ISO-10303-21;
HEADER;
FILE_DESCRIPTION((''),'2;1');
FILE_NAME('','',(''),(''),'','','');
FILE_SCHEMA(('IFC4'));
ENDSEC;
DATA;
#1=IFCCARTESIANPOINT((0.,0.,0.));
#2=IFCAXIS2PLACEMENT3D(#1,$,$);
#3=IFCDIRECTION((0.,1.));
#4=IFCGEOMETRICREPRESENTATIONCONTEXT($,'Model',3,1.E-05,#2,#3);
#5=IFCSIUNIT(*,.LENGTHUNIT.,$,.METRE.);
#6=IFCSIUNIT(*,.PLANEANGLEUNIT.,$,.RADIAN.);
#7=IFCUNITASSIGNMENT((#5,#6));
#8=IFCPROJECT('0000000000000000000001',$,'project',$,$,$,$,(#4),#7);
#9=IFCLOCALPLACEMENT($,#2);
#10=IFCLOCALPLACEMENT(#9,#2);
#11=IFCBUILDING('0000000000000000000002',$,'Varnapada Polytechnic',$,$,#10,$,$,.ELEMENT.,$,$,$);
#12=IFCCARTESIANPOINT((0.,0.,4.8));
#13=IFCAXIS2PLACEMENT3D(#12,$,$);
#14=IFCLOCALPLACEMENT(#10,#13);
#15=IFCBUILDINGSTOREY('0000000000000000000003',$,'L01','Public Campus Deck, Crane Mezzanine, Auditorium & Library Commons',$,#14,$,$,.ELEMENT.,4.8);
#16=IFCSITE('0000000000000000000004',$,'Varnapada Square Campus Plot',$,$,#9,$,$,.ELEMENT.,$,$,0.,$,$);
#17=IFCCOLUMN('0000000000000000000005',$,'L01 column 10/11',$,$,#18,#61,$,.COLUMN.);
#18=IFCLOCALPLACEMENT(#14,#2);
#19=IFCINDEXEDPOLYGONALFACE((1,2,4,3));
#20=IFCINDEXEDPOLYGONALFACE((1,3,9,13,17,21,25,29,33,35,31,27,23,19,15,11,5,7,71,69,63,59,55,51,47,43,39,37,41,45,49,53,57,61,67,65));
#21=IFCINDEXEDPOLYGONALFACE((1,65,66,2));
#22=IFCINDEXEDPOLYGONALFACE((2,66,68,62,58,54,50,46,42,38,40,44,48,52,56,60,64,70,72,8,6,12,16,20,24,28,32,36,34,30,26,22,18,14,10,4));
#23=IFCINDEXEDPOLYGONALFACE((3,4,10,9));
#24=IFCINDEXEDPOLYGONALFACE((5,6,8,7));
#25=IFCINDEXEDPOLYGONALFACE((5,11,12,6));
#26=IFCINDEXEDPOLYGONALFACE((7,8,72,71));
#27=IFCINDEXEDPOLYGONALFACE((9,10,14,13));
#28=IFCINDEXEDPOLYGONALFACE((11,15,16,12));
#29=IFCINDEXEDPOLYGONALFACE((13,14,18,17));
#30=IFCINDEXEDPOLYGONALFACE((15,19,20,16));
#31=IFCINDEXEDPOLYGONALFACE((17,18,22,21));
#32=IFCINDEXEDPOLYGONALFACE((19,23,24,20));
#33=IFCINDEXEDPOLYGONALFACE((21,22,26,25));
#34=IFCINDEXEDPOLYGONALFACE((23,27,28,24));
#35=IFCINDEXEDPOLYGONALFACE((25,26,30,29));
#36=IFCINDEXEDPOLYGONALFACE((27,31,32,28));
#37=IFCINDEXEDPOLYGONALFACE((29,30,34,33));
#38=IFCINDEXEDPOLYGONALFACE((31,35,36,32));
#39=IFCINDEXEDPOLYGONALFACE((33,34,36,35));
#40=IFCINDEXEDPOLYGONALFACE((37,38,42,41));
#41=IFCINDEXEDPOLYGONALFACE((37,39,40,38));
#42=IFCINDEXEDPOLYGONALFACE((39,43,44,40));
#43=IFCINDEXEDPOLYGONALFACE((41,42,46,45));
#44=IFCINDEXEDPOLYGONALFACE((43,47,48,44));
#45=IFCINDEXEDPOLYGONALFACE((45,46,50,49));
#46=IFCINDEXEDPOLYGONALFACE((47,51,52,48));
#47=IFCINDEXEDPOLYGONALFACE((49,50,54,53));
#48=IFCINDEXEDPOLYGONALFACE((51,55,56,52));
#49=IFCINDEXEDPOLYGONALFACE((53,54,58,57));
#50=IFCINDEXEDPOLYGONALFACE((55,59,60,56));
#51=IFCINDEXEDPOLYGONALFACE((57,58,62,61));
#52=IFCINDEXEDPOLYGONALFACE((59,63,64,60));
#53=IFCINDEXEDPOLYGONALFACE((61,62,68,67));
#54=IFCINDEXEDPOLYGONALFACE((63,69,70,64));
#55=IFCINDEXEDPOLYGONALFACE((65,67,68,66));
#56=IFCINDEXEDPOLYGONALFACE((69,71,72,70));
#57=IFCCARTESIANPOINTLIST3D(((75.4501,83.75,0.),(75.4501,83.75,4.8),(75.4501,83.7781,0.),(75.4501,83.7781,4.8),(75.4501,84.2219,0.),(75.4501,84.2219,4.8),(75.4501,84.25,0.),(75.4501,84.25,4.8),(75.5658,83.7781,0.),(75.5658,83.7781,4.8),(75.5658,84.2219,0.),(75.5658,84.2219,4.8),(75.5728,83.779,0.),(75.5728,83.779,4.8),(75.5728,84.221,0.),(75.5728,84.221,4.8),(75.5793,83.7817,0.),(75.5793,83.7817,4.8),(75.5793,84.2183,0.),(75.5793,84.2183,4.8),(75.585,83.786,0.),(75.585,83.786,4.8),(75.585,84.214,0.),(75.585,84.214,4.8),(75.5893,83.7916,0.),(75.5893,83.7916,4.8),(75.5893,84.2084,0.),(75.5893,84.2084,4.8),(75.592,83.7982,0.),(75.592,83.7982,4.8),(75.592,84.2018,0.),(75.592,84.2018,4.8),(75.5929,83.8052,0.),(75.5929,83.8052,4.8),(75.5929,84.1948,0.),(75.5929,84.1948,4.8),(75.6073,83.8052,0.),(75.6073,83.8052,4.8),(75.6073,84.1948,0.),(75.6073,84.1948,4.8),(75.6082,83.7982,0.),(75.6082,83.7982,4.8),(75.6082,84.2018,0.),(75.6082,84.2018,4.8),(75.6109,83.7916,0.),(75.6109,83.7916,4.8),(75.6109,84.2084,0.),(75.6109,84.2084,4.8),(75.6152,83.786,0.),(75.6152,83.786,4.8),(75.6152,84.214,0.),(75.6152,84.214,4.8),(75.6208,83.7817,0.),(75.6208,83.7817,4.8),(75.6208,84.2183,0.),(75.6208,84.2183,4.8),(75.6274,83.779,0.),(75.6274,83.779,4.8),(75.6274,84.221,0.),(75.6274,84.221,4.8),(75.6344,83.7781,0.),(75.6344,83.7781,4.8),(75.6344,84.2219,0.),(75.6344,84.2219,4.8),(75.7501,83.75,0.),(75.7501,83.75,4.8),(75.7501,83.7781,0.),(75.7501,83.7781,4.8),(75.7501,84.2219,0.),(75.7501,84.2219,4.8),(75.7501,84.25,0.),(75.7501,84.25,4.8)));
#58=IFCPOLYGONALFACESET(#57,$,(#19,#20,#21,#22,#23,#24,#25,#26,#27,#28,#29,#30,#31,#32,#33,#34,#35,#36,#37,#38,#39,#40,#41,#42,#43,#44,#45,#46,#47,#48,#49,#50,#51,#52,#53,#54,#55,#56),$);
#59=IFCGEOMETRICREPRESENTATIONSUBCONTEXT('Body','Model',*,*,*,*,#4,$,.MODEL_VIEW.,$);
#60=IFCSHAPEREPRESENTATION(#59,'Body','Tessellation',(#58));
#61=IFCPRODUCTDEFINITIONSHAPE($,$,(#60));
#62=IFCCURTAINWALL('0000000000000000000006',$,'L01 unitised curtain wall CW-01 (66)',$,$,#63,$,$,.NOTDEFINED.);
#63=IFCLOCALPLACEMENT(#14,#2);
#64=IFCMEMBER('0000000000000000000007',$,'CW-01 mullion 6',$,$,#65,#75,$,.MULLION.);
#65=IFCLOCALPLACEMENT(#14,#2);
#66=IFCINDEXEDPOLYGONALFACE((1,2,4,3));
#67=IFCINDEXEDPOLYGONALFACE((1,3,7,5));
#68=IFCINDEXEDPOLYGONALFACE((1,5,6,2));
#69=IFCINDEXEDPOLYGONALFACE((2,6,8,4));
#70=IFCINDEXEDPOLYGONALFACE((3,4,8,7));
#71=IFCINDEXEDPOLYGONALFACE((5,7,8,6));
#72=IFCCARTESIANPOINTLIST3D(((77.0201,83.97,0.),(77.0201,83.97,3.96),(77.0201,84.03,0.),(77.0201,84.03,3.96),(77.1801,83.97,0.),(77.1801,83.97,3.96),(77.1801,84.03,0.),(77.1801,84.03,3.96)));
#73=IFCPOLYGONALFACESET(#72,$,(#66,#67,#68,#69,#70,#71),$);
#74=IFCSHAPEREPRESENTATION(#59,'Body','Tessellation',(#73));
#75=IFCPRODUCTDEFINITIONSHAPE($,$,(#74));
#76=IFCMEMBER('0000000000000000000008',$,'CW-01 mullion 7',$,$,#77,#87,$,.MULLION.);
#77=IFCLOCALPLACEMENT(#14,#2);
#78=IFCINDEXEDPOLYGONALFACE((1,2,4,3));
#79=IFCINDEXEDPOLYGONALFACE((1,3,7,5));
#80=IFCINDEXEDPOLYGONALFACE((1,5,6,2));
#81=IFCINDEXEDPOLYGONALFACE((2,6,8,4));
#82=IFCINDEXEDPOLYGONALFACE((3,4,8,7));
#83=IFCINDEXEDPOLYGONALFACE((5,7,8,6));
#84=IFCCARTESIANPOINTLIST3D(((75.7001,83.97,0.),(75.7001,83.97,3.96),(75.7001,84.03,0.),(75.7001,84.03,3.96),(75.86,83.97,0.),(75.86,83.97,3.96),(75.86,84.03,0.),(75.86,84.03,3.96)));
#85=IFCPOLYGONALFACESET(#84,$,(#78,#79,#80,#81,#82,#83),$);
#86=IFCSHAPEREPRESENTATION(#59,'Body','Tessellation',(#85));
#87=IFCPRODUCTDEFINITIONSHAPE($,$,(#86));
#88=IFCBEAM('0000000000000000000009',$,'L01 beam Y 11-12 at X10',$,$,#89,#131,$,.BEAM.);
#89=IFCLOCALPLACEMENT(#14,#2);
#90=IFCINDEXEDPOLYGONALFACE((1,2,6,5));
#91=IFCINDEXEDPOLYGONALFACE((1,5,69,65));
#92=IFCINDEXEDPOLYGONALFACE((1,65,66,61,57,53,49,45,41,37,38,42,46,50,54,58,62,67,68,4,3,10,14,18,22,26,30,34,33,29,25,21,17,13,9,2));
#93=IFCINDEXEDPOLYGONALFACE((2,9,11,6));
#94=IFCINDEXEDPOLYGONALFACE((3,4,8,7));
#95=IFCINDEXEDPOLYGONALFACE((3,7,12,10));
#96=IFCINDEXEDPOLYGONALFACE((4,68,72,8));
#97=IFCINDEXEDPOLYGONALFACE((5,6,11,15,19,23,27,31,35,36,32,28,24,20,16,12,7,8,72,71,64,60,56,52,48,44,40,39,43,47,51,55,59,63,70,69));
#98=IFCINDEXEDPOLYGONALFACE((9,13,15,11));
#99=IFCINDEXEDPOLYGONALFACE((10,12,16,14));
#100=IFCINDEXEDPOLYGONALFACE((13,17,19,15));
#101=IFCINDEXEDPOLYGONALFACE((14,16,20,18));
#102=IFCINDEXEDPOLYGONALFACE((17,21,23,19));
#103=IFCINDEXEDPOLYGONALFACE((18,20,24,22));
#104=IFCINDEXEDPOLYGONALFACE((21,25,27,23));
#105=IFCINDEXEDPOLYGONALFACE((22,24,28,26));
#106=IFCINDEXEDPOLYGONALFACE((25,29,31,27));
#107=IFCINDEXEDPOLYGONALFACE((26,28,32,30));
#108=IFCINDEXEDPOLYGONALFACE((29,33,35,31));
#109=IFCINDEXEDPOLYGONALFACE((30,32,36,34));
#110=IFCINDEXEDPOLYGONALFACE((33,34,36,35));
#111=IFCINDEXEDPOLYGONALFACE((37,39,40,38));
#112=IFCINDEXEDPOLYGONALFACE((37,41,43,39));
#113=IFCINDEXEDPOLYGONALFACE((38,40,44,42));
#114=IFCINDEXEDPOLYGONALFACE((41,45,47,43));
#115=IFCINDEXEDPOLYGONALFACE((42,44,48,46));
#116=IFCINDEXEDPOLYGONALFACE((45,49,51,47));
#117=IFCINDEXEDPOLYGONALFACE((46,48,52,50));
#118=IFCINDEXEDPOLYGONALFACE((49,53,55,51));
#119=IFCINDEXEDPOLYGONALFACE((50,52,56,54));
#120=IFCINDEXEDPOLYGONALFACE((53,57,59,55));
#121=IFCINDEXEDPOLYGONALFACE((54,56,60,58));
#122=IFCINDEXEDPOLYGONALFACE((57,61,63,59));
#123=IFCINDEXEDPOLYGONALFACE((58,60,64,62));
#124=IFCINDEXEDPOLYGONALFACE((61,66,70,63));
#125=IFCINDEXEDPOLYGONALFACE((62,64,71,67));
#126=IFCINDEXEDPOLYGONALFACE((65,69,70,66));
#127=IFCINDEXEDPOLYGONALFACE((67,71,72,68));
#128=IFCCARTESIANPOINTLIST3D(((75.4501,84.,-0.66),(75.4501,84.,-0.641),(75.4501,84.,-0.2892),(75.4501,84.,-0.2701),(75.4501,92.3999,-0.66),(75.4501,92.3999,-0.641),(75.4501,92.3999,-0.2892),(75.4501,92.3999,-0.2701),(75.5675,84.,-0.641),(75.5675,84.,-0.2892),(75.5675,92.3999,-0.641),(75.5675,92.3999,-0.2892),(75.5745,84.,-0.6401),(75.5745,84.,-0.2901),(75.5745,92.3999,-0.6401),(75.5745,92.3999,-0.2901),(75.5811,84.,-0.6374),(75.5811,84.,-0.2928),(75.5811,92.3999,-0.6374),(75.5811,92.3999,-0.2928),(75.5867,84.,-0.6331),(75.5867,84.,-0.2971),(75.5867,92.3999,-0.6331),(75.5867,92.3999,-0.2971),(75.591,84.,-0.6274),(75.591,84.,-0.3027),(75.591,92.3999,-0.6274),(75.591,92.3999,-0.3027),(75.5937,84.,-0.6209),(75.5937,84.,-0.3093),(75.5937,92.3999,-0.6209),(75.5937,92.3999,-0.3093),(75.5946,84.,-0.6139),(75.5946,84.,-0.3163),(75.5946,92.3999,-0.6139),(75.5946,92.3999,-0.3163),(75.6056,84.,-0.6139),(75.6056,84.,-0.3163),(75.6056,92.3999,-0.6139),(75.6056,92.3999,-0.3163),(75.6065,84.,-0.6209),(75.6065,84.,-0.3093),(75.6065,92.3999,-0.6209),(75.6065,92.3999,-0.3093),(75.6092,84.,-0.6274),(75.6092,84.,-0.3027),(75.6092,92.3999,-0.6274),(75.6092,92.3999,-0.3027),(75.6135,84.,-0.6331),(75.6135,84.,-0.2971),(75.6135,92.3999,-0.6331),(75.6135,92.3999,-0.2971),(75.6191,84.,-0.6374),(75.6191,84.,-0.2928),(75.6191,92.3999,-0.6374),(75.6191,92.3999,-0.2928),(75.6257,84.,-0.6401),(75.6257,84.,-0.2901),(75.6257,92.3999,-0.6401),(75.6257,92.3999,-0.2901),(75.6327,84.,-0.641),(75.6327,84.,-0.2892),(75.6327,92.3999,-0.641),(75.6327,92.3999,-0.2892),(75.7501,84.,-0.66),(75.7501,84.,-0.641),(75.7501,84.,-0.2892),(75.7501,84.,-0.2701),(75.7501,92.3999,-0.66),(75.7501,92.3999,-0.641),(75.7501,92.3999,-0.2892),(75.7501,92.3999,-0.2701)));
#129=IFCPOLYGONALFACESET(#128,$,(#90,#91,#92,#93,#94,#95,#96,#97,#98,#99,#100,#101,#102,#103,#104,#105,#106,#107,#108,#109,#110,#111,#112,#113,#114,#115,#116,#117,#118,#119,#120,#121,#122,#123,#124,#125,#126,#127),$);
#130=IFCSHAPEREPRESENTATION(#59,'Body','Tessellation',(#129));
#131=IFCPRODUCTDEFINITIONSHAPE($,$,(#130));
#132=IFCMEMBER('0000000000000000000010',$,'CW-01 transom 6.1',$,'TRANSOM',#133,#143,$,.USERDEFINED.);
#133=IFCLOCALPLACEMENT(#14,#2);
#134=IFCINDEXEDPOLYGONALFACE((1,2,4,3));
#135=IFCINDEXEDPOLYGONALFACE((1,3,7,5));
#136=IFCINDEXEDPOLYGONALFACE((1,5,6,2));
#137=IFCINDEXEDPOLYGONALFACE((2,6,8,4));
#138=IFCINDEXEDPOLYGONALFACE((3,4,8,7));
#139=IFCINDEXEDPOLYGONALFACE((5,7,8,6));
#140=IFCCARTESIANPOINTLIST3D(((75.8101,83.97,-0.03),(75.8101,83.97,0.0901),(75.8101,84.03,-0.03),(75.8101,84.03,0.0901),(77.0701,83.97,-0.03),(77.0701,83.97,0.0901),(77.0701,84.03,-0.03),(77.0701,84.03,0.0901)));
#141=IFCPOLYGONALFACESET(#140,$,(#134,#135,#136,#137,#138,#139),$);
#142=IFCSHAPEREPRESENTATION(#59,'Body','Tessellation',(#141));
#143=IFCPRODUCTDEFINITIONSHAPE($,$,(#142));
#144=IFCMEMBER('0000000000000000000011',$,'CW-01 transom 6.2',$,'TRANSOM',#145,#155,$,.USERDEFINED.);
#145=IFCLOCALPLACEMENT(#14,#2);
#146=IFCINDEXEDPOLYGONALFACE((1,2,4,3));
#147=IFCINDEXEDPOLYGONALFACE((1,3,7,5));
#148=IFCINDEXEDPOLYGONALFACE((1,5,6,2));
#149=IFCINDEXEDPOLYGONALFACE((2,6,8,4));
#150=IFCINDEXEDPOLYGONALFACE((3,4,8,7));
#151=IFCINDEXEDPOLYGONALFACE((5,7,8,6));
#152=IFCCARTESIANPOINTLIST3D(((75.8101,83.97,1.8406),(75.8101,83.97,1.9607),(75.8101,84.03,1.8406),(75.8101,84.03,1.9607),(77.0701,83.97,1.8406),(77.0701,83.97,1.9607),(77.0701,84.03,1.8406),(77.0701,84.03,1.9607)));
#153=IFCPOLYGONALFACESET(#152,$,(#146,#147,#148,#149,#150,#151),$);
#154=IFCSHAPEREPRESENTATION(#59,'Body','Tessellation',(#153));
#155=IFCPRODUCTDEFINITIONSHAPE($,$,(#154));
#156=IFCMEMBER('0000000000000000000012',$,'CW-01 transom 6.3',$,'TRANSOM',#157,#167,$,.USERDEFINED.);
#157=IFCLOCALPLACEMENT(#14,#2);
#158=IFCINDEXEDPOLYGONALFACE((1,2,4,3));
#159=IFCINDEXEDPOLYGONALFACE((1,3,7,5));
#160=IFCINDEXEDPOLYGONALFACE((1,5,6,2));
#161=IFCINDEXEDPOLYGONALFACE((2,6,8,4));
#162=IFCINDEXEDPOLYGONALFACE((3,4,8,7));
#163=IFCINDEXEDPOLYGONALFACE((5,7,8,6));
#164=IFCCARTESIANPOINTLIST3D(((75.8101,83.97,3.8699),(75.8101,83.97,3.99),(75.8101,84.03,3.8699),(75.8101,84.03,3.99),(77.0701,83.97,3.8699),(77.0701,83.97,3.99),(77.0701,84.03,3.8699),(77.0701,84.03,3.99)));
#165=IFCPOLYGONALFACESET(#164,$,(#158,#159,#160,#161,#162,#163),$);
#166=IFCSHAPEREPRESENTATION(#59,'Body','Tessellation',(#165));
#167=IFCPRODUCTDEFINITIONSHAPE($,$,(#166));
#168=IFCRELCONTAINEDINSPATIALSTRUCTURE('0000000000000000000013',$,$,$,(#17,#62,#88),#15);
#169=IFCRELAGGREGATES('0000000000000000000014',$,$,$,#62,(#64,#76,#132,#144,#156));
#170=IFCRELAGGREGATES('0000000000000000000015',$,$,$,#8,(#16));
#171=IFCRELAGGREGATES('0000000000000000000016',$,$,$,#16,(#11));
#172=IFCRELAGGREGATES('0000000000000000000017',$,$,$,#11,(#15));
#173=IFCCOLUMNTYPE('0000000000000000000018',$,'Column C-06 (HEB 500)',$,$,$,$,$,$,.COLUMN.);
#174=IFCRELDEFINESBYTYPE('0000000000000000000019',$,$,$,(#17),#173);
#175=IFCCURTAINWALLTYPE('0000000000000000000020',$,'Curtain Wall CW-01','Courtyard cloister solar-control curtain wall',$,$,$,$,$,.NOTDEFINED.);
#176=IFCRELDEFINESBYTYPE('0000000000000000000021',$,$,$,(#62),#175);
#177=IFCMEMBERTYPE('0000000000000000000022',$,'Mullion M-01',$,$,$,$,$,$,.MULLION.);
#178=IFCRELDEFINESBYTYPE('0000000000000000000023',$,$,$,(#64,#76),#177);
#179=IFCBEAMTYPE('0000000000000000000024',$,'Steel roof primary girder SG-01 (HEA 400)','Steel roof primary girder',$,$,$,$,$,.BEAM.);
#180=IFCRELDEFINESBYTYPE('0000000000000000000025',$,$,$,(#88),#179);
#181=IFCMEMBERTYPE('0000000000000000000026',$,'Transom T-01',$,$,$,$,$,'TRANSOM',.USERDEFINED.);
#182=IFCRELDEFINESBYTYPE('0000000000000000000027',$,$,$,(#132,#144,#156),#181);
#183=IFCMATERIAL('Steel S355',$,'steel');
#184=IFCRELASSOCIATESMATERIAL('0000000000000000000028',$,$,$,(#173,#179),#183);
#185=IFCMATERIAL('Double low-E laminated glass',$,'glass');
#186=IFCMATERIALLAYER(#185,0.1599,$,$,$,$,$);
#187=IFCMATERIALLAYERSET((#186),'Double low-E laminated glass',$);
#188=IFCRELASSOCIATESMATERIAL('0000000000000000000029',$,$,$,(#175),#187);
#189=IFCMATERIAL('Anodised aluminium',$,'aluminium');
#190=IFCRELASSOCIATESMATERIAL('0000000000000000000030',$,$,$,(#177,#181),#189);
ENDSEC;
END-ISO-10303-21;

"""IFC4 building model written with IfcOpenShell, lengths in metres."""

from ifc_helpers import new_model, si_unit, direction, frame, origin, origin_2d, place, context, subcontext, project, spatial, rectangle, i_section, extrude, material, layer, layer_set, material_profile, profile_set, type_object, element, aggregate, save


model = new_model("IFC4")

# Units and contexts
model_context = context("Model", 3, precision=1e-05, world=origin(), true_north=direction((0.0, 1.0)))
body_context = subcontext(model_context, "Body", "Model", "MODEL_VIEW")
ifc_project = project(units=[si_unit("LENGTHUNIT", "METRE"), si_unit("PLANEANGLEUNIT", "RADIAN")], contexts=[model_context])

# Site, building, storey
site_placement = place(None, origin())
site = spatial("IfcSite", under=ifc_project, at=site_placement, Name="Varnapada Square Campus Plot", CompositionType="ELEMENT", RefElevation=0.0)
building_placement = place(site_placement, origin())
building = spatial("IfcBuilding", under=site, at=building_placement, Name="Varnapada Polytechnic", CompositionType="ELEMENT")
storey_placement = place(building_placement, frame((0.0, 0.0, 4.8)))
storey = spatial("IfcBuildingStorey", under=building, at=storey_placement, Name="L01", Description="Public Campus Deck, Crane Mezzanine, Auditorium & Library Commons", CompositionType="ELEMENT", Elevation=4.8)

# Column
ifc_material_1 = material(Name="Steel S355", Category="steel")
ifc_material_profile_1 = material_profile(ifc_material_1, i_section(OverallWidth=0.3, OverallDepth=0.5, WebThickness=0.0144, FlangeThickness=0.0281, FilletRadius=0.0271, at=origin_2d()), Name="HEB 500")
ifc_profile_set_1 = profile_set([ifc_material_profile_1], Name="Steel S355")
column_type = type_object("IfcColumnType", Name="Column C-06 (HEB 500)", PredefinedType="COLUMN", material=ifc_profile_set_1)
column_placement = place(storey_placement, frame((75.6001, 84.0, 0.0), z_axis=(0.0, 0.0, 1.0), x_axis=(1.0, 0.0, 0.0)))
element("IfcColumn", 1, at=column_placement, inside=storey, type_object=column_type, Name="L01 column 10/11", PredefinedType="COLUMN", context=body_context, shape_type="SweptSolid", body=[
    extrude(i_section(OverallWidth=0.3, OverallDepth=0.5, WebThickness=0.0144, FlangeThickness=0.0281, FilletRadius=0.0271, at=origin_2d()), origin(), (0.0, 0.0, 1.0), 4.8),
])

# Curtain wall, members
ifc_material_2 = material(Name="Double low-E laminated glass", Category="glass")
ifc_layer_1 = layer(ifc_material_2, 0.1599)
ifc_layer_set_1 = layer_set([ifc_layer_1], Name="Double low-E laminated glass")
curtain_wall_type = type_object("IfcCurtainWallType", Name="Curtain Wall CW-01", Description="Courtyard cloister solar-control curtain wall", PredefinedType="NOTDEFINED", material=ifc_layer_set_1)
curtain_wall_placement = place(storey_placement, origin())
curtain_wall = element("IfcCurtainWall", 2, at=curtain_wall_placement, inside=storey, type_object=curtain_wall_type, Name="L01 unitised curtain wall CW-01 (66)", PredefinedType="NOTDEFINED")
ifc_material_3 = material(Name="Anodised aluminium", Category="aluminium")
ifc_material_profile_2 = material_profile(ifc_material_3, rectangle(XDim=0.0601, YDim=0.1599, at=origin_2d()), Name="ALU M60x160")
ifc_profile_set_2 = profile_set([ifc_material_profile_2], Name="Anodised aluminium")
member_type_1 = type_object("IfcMemberType", Name="Mullion M-01", PredefinedType="MULLION", material=ifc_profile_set_2)
member_1_placement = place(storey_placement, frame((77.1001, 84.0, 0.0), z_axis=(0.0, 0.0, 1.0), x_axis=(0.0, -1.0, 0.0)))
member_1 = element("IfcMember", 3, at=member_1_placement, type_object=member_type_1, Name="CW-01 mullion 6", PredefinedType="MULLION", context=body_context, shape_type="SweptSolid", body=[
    extrude(rectangle(XDim=0.0601, YDim=0.1599, at=origin_2d()), origin(), (0.0, 0.0, 1.0), 3.96),
])
member_2_placement = place(storey_placement, frame((75.78, 84.0, 0.0), z_axis=(0.0, 0.0, 1.0), x_axis=(0.0, -1.0, 0.0)))
member_2 = element("IfcMember", 4, at=member_2_placement, type_object=member_type_1, Name="CW-01 mullion 7", PredefinedType="MULLION", context=body_context, shape_type="SweptSolid", body=[
    extrude(rectangle(XDim=0.0601, YDim=0.1599, at=origin_2d()), origin(), (0.0, 0.0, 1.0), 3.96),
])

# Beam
ifc_material_profile_3 = material_profile(ifc_material_1, i_section(OverallWidth=0.3, OverallDepth=0.3899, WebThickness=0.011, FlangeThickness=0.019, FilletRadius=0.0271, at=origin_2d()), Name="HEA 400")
ifc_profile_set_3 = profile_set([ifc_material_profile_3], Name="Steel S355")
beam_type_1 = type_object("IfcBeamType", Name="Steel roof primary girder SG-01 (HEA 400)", Description="Steel roof primary girder", PredefinedType="BEAM", material=ifc_profile_set_3)
beam_1_placement = place(storey_placement, frame((75.6001, 84.0, -0.4651), z_axis=(0.0, 1.0, 0.0), x_axis=(-1.0, 0.0, 0.0)))
element("IfcBeam", 5, at=beam_1_placement, inside=storey, type_object=beam_type_1, Name="L01 beam Y 11-12 at X10", PredefinedType="BEAM", context=body_context, shape_type="SweptSolid", body=[
    extrude(i_section(OverallWidth=0.3, OverallDepth=0.3899, WebThickness=0.011, FlangeThickness=0.019, FilletRadius=0.0271, at=origin_2d()), origin(), (0.0, 0.0, 1.0), 8.3999),
])

# Members
ifc_material_profile_4 = material_profile(ifc_material_3, rectangle(XDim=0.0601, YDim=0.1201, at=origin_2d()), Name="ALU T60x120")
ifc_profile_set_4 = profile_set([ifc_material_profile_4], Name="Anodised aluminium")
member_type_2 = type_object("IfcMemberType", Name="Transom T-01", ElementType="TRANSOM", PredefinedType="USERDEFINED", material=ifc_profile_set_4)
member_3_placement = place(storey_placement, frame((77.0701, 84.0, 0.03), z_axis=(-1.0, 0.0, 0.0), x_axis=(0.0, -1.0, 0.0)))
member_3 = element("IfcMember", 6, at=member_3_placement, type_object=member_type_2, Name="CW-01 transom 6.1", ObjectType="TRANSOM", PredefinedType="USERDEFINED", context=body_context, shape_type="SweptSolid", body=[
    extrude(rectangle(XDim=0.0601, YDim=0.1201, at=origin_2d()), origin(), (0.0, 0.0, 1.0), 1.26),
])
member_4_placement = place(storey_placement, frame((77.0701, 84.0, 1.9006), z_axis=(-1.0, 0.0, 0.0), x_axis=(0.0, -1.0, 0.0)))
member_4 = element("IfcMember", 7, at=member_4_placement, type_object=member_type_2, Name="CW-01 transom 6.2", ObjectType="TRANSOM", PredefinedType="USERDEFINED", context=body_context, shape_type="SweptSolid", body=[
    extrude(rectangle(XDim=0.0601, YDim=0.1201, at=origin_2d()), origin(), (0.0, 0.0, 1.0), 1.26),
])
member_5_placement = place(storey_placement, frame((77.0701, 84.0, 3.9299), z_axis=(-1.0, 0.0, 0.0), x_axis=(0.0, -1.0, 0.0)))
member_5 = element("IfcMember", 8, at=member_5_placement, type_object=member_type_2, Name="CW-01 transom 6.3", ObjectType="TRANSOM", PredefinedType="USERDEFINED", context=body_context, shape_type="SweptSolid", body=[
    extrude(rectangle(XDim=0.0601, YDim=0.1201, at=origin_2d()), origin(), (0.0, 0.0, 1.0), 1.26),
])

aggregate(curtain_wall, [member_1, member_2, member_3, member_4, member_5])

save(model, "model.ifc")
